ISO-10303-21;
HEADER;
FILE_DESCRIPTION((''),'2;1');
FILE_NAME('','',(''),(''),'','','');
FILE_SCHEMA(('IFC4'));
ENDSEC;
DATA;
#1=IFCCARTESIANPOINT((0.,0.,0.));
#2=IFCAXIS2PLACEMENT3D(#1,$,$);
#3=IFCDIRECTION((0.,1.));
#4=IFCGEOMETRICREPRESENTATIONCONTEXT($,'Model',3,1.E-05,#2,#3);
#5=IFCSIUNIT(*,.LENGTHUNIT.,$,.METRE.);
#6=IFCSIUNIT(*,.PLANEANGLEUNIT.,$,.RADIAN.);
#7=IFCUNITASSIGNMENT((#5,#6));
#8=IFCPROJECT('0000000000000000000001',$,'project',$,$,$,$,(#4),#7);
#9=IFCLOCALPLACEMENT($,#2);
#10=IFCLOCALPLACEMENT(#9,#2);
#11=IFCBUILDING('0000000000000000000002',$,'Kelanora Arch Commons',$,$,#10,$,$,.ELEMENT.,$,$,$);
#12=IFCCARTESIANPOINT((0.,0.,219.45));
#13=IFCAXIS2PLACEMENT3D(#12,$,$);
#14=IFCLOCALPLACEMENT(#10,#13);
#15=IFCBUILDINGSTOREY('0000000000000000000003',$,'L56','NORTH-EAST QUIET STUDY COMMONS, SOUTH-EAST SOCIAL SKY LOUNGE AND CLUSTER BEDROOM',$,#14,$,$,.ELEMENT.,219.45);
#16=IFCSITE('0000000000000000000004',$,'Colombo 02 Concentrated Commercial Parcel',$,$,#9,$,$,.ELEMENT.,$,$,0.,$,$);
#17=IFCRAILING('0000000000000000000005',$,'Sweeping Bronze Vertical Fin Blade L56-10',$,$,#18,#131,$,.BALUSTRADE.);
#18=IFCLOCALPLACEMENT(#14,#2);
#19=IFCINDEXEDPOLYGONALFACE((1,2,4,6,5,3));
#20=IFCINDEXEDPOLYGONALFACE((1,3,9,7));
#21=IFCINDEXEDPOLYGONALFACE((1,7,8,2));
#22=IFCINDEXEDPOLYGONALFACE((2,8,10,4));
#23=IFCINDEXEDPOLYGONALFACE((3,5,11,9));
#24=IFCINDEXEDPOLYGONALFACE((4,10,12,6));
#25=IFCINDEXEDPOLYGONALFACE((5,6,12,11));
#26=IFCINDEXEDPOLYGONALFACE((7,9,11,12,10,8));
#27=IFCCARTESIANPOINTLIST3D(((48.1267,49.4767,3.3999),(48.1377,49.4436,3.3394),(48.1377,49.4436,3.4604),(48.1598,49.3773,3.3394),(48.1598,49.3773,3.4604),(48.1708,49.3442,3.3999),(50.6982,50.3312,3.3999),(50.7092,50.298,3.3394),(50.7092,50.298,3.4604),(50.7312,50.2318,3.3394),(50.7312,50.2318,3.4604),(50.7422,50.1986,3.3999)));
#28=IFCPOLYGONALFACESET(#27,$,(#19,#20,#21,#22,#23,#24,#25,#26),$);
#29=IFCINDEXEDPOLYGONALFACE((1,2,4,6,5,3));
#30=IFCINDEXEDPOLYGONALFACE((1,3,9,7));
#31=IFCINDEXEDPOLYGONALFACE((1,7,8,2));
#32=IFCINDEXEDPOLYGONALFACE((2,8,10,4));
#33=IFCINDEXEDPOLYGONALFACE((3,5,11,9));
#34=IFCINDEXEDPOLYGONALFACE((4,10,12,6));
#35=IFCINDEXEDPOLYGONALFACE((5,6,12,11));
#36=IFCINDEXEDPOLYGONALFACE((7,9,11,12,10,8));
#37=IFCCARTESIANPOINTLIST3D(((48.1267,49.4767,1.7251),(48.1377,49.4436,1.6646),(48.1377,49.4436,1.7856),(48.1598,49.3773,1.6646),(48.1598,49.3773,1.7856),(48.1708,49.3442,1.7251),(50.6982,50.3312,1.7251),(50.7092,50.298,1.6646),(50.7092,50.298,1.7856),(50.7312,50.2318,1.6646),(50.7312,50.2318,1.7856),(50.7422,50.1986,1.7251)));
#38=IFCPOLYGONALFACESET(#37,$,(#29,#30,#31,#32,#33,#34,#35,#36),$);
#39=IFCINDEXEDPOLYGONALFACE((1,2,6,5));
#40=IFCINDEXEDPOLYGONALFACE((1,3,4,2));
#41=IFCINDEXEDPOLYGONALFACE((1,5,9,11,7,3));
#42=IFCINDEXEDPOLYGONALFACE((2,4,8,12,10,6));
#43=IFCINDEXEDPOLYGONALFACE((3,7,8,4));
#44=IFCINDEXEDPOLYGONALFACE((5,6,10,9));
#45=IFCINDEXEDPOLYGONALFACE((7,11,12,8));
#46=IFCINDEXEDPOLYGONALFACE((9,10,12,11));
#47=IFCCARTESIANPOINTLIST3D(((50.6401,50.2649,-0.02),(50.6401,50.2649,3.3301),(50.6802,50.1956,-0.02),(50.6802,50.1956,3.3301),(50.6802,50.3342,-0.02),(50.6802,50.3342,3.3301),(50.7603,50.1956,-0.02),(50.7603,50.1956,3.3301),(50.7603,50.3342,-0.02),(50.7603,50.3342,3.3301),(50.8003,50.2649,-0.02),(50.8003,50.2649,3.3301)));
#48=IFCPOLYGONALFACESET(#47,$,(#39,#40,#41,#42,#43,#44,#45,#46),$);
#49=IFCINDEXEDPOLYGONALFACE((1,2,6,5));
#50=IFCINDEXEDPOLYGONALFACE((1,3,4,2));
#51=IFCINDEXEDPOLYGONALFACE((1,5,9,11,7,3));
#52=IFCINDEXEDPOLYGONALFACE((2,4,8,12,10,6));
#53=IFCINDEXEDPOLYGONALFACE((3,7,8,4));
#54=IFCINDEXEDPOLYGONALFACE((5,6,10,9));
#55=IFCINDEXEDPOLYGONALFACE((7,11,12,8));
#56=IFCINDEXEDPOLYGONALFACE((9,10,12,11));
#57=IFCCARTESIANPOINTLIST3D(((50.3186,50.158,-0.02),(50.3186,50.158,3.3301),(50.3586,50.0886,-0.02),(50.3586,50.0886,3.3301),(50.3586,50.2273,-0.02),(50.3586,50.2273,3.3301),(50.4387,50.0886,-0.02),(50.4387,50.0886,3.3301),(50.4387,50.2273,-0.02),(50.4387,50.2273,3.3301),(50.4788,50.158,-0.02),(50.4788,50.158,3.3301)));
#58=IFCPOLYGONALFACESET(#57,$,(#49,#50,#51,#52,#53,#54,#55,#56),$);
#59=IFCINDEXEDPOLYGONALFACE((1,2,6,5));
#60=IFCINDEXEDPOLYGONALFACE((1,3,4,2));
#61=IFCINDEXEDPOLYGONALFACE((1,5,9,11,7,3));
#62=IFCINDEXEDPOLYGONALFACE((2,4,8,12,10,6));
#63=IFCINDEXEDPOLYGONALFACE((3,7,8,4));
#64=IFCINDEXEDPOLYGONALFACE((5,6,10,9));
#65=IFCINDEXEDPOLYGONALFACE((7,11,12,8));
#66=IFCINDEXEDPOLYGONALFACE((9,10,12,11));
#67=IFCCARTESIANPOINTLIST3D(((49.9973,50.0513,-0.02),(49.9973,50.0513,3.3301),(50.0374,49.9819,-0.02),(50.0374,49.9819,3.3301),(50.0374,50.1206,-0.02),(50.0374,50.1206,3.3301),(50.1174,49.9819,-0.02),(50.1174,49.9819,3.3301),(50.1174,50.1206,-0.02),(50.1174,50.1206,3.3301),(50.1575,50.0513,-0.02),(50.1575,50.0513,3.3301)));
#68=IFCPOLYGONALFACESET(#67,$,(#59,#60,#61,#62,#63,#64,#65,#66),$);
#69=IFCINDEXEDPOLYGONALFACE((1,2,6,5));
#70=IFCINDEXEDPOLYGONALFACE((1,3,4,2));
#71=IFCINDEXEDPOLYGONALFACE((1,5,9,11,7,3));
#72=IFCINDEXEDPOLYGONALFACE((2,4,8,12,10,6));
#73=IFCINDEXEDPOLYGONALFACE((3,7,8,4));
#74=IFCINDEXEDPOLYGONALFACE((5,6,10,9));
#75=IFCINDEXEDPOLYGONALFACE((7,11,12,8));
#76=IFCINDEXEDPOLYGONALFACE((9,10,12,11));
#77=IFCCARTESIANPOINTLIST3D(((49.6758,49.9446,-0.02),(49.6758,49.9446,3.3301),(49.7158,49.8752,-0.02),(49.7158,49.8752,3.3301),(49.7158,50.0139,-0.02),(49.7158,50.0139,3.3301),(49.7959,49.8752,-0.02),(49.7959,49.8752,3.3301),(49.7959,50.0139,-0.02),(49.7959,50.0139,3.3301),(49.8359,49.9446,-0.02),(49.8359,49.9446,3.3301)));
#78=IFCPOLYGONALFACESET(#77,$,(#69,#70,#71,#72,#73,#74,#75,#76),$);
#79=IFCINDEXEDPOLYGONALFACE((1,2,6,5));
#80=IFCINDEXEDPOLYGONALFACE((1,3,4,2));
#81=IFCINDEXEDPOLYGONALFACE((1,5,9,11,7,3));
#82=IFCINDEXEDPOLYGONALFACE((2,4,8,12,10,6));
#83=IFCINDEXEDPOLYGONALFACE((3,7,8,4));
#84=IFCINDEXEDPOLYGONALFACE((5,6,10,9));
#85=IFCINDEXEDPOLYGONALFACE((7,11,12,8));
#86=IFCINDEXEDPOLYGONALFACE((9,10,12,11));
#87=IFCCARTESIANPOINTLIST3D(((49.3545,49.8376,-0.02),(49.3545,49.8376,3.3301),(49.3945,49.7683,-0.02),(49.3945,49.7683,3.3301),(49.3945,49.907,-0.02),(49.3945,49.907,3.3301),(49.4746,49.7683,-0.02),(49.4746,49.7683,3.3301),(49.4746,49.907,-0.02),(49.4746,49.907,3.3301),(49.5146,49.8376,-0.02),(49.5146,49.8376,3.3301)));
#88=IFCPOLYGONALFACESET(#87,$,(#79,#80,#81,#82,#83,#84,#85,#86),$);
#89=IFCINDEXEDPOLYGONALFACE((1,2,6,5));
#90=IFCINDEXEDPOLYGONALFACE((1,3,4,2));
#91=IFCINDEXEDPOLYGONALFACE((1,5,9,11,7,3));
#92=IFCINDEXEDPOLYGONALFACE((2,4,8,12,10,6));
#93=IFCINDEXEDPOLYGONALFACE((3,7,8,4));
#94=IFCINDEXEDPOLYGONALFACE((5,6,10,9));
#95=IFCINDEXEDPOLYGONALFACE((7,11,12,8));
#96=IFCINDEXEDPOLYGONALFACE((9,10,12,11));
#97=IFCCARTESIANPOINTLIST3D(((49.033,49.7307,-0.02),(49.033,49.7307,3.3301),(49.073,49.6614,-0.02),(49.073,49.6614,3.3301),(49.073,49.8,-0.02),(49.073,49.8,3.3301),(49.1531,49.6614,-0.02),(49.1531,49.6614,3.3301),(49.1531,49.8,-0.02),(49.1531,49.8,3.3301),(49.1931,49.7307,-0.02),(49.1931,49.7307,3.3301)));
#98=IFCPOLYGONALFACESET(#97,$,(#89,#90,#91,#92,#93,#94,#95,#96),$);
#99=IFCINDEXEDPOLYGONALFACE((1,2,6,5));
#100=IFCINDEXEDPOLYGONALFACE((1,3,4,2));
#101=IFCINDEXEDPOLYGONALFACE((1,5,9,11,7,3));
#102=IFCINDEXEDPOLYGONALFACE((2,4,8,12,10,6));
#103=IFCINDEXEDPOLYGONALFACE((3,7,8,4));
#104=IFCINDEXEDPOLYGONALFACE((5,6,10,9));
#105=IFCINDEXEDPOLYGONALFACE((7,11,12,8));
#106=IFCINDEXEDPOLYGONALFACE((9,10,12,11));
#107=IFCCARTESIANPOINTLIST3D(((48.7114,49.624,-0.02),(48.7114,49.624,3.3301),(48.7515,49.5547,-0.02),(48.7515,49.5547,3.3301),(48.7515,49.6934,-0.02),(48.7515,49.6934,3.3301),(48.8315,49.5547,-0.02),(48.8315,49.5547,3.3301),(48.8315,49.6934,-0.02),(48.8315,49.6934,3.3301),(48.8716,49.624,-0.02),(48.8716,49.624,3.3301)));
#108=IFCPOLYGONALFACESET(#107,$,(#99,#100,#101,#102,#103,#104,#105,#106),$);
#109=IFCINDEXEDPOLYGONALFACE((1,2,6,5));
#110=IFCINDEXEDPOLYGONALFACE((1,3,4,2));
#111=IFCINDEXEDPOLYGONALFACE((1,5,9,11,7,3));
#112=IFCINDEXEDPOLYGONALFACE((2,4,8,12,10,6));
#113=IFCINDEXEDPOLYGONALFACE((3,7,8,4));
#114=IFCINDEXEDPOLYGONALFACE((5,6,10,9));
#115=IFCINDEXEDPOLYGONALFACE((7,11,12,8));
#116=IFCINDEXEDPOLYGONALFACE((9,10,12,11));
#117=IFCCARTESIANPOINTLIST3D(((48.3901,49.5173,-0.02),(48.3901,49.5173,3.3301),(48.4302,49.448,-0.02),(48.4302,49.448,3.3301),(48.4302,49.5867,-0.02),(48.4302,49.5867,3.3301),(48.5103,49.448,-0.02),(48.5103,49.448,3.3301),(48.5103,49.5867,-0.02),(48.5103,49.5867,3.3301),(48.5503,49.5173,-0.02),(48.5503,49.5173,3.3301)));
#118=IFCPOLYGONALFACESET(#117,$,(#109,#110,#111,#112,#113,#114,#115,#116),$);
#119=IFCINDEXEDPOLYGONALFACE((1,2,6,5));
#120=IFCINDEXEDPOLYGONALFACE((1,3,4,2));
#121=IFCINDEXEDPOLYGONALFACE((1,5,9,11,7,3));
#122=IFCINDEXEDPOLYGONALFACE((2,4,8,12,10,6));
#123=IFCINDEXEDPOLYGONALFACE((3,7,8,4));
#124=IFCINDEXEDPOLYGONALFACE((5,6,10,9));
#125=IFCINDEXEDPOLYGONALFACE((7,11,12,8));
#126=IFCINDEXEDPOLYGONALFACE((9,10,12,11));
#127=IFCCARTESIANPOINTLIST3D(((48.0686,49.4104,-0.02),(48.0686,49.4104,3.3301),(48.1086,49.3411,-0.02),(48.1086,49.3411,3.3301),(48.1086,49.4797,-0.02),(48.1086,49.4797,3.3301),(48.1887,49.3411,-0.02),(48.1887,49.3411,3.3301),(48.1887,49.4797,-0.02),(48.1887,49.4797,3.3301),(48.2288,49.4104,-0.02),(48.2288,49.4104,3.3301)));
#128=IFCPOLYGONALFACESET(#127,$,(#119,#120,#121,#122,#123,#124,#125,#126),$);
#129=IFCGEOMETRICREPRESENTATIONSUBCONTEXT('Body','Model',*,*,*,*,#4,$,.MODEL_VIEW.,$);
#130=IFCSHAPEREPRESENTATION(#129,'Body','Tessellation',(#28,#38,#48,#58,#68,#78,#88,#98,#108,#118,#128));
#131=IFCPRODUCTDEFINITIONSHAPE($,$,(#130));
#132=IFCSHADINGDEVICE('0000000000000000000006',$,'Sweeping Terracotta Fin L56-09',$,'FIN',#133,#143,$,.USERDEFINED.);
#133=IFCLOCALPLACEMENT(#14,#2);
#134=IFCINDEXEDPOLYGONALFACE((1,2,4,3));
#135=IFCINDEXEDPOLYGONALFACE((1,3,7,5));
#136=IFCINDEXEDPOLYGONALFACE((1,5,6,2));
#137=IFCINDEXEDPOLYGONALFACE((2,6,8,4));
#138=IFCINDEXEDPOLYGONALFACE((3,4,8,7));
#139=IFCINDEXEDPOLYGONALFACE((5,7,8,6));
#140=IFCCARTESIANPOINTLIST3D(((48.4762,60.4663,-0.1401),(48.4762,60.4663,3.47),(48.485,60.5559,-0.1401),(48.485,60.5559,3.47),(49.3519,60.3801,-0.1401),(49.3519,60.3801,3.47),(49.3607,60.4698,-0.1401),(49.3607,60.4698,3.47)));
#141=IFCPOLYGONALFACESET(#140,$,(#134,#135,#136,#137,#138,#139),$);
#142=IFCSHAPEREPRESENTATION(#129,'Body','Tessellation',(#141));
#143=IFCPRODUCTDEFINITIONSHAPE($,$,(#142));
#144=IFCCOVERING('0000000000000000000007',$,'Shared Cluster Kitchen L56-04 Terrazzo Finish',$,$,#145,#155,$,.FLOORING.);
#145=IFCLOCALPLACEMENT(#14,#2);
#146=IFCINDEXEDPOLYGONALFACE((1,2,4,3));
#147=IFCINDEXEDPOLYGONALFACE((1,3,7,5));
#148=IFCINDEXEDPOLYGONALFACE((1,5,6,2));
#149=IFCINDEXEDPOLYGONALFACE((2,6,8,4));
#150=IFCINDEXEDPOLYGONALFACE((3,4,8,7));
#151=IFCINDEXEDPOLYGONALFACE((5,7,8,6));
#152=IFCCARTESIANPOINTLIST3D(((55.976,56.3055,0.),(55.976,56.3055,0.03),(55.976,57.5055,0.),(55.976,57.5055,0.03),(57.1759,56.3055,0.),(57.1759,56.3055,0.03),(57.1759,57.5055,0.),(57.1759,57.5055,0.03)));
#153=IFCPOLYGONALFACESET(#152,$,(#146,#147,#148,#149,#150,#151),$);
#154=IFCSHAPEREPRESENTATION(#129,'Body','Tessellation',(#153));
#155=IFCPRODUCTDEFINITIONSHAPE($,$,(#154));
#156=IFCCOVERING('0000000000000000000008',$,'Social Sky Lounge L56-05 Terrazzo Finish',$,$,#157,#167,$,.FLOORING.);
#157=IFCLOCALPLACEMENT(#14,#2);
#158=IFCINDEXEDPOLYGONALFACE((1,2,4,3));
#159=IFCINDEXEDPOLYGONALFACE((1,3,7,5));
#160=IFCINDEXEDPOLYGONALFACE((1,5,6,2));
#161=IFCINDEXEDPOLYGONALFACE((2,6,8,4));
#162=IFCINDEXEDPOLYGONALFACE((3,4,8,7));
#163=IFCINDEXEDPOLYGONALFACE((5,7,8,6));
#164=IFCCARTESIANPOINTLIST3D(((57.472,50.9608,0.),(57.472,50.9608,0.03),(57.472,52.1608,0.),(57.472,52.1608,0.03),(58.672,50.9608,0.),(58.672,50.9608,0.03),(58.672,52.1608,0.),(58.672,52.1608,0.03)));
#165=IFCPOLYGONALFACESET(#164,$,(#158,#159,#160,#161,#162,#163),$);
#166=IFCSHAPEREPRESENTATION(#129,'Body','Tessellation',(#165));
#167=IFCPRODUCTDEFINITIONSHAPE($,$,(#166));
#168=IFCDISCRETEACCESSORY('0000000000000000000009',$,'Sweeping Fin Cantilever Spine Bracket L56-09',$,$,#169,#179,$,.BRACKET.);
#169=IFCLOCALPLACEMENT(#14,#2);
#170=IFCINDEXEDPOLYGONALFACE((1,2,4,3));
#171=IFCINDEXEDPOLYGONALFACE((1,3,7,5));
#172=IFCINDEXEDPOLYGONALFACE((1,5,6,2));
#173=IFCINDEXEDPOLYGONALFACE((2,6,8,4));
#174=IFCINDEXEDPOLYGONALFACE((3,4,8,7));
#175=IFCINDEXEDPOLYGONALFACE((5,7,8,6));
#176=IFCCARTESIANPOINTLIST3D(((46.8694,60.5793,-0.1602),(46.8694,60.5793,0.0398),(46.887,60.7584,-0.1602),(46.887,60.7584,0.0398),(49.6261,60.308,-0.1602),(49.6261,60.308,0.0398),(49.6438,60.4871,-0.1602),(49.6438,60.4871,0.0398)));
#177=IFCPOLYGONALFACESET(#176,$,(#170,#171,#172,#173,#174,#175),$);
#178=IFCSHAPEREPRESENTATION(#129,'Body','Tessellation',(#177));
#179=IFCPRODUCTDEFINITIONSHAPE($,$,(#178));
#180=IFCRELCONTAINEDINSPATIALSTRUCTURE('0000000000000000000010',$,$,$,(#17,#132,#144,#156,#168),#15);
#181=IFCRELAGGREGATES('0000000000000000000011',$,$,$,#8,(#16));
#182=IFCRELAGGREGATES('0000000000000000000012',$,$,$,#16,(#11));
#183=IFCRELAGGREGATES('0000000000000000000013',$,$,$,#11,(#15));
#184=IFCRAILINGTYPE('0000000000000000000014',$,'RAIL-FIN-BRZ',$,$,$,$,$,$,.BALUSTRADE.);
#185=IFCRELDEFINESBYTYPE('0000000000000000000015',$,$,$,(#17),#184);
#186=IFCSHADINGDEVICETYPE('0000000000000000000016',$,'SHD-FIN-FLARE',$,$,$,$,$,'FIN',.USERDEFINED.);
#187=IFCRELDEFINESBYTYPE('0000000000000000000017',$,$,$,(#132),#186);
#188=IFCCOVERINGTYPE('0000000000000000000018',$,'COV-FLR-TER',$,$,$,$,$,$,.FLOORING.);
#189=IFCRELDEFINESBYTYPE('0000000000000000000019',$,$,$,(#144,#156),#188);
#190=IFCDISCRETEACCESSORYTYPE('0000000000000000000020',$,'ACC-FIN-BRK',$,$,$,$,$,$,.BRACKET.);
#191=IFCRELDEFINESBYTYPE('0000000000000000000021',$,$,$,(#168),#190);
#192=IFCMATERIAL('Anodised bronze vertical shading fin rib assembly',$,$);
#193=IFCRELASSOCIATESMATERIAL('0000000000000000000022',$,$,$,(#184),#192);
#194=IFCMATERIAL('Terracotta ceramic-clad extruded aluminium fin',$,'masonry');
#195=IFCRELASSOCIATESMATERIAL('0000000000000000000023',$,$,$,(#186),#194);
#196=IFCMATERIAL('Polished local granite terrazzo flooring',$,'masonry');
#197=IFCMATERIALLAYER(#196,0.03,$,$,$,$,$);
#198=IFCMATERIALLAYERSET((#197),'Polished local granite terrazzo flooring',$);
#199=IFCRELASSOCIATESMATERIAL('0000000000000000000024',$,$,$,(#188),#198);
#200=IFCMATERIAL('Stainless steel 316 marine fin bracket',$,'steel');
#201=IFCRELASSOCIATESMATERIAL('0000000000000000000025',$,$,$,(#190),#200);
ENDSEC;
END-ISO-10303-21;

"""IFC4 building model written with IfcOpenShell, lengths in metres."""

from ifc_helpers import new_model, si_unit, direction, frame, origin, origin_2d, place, context, subcontext, project, spatial, polyline, rectangle, outline, extrude, source, transform, mapped, material, layer, layer_set, type_object, element, save


model = new_model("IFC4")

# Units and contexts
model_context = context("Model", 3, precision=1e-05, world=origin(), true_north=direction((0.0, 1.0)))
body_context = subcontext(model_context, "Body", "Model", "MODEL_VIEW")
ifc_project = project(units=[si_unit("LENGTHUNIT", "METRE"), si_unit("PLANEANGLEUNIT", "RADIAN")], contexts=[model_context])

# Site, building, storey
site_placement = place(None, origin())
site = spatial("IfcSite", under=ifc_project, at=site_placement, Name="Colombo 02 Concentrated Commercial Parcel", CompositionType="ELEMENT", RefElevation=0.0)
building_placement = place(site_placement, origin())
building = spatial("IfcBuilding", under=site, at=building_placement, Name="Kelanora Arch Commons", CompositionType="ELEMENT")
storey_placement = place(building_placement, frame((0.0, 0.0, 219.45)))
storey = spatial("IfcBuildingStorey", under=building, at=storey_placement, Name="L56", Description="NORTH-EAST QUIET STUDY COMMONS, SOUTH-EAST SOCIAL SKY LOUNGE AND CLUSTER BEDROOM", CompositionType="ELEMENT", Elevation=219.45)

# Railing
ifc_material_1 = material(Name="Anodised bronze vertical shading fin rib assembly")
railing_type = type_object("IfcRailingType", Name="RAIL-FIN-BRZ", PredefinedType="BALUSTRADE", material=ifc_material_1)
railing_1_placement = place(storey_placement, frame((50.7202, 50.2649, -0.02)))
element("IfcRailing", 1, at=railing_1_placement, inside=storey, type_object=railing_type, Name="Sweeping Bronze Vertical Fin Blade L56-10", PredefinedType="BALUSTRADE", context=body_context, shape_type="SweptSolid", body=[
    extrude(outline(polyline([(0.0698, 0.0), (0.0349, 0.0605), (-0.0349, 0.0605), (-0.0698, 0.0), (-0.0349, -0.0605), (0.0349, -0.0605), (0.0698, 0.0)])), frame((0.0, 0.0, 3.4199), z_axis=(-0.94898, -0.315336, 0.0), x_axis=(0.315336, -0.94898, 0.0)), (0.0, 0.0, 1.0), 2.7097),
    extrude(outline(polyline([(0.0698, 0.0), (0.0349, 0.0605), (-0.0349, 0.0605), (-0.0698, 0.0), (-0.0349, -0.0605), (0.0349, -0.0605), (0.0698, 0.0)])), frame((0.0, 0.0, 1.7451), z_axis=(-0.94898, -0.315336, 0.0), x_axis=(0.315336, -0.94898, 0.0)), (0.0, 0.0, 1.0), 2.7097),
    extrude(outline(polyline([(0.0801, 0.0), (0.04, 0.0693), (-0.04, 0.0693), (-0.0801, 0.0), (-0.04, -0.0693), (0.04, -0.0693), (0.0801, 0.0)])), origin(), (0.0, 0.0, 1.0), 3.3501),
    extrude(outline(polyline([(0.0801, 0.0), (0.04, 0.0693), (-0.04, 0.0693), (-0.0801, 0.0), (-0.04, -0.0693), (0.04, -0.0693), (0.0801, 0.0)])), frame((-0.3215, -0.1069, 0.0)), (0.0, 0.0, 1.0), 3.3501),
    extrude(outline(polyline([(0.0801, 0.0), (0.04, 0.0693), (-0.04, 0.0693), (-0.0801, 0.0), (-0.04, -0.0693), (0.04, -0.0693), (0.0801, 0.0)])), frame((-0.6428, -0.2136, 0.0)), (0.0, 0.0, 1.0), 3.3501),
    extrude(outline(polyline([(0.0801, 0.0), (0.04, 0.0693), (-0.04, 0.0693), (-0.0801, 0.0), (-0.04, -0.0693), (0.04, -0.0693), (0.0801, 0.0)])), frame((-0.9644, -0.3203, 0.0)), (0.0, 0.0, 1.0), 3.3501),
    extrude(outline(polyline([(0.0801, 0.0), (0.04, 0.0693), (-0.04, 0.0693), (-0.0801, 0.0), (-0.04, -0.0693), (0.04, -0.0693), (0.0801, 0.0)])), frame((-1.2856, -0.4272, 0.0)), (0.0, 0.0, 1.0), 3.3501),
    extrude(outline(polyline([(0.0801, 0.0), (0.04, 0.0693), (-0.04, 0.0693), (-0.0801, 0.0), (-0.04, -0.0693), (0.04, -0.0693), (0.0801, 0.0)])), frame((-1.6072, -0.5342, 0.0)), (0.0, 0.0, 1.0), 3.3501),
    extrude(outline(polyline([(0.0801, 0.0), (0.04, 0.0693), (-0.04, 0.0693), (-0.0801, 0.0), (-0.04, -0.0693), (0.04, -0.0693), (0.0801, 0.0)])), frame((-1.9287, -0.6409, 0.0)), (0.0, 0.0, 1.0), 3.3501),
    extrude(outline(polyline([(0.0801, 0.0), (0.04, 0.0693), (-0.04, 0.0693), (-0.0801, 0.0), (-0.04, -0.0693), (0.04, -0.0693), (0.0801, 0.0)])), frame((-2.25, -0.7476, 0.0)), (0.0, 0.0, 1.0), 3.3501),
    extrude(outline(polyline([(0.0801, 0.0), (0.04, 0.0693), (-0.04, 0.0693), (-0.0801, 0.0), (-0.04, -0.0693), (0.04, -0.0693), (0.0801, 0.0)])), frame((-2.5715, -0.8545, 0.0)), (0.0, 0.0, 1.0), 3.3501),
])

# Shading device
ifc_material_2 = material(Name="Terracotta ceramic-clad extruded aluminium fin", Category="masonry")
shading_device_type = type_object("IfcShadingDeviceType", Name="SHD-FIN-FLARE", ElementType="FIN", PredefinedType="USERDEFINED", material=ifc_material_2)
shared_shape_1 = source(origin(), body_context, "Body", "SweptSolid", [
    extrude(rectangle(XDim=0.8799, YDim=0.0901, at=origin_2d()), origin(), (0.0, 0.0, 1.0), 3.6101),
])
shading_device_placement = place(storey_placement, frame((48.9185, 60.468, -0.1401), z_axis=(0.0, 0.0, 1.0), x_axis=(-0.995193, 0.09793, 0.0)))
element("IfcShadingDevice", 2, at=shading_device_placement, inside=storey, type_object=shading_device_type, Name="Sweeping Terracotta Fin L56-09", ObjectType="FIN", PredefinedType="USERDEFINED", context=body_context, shape_type="MappedRepresentation", body=[
    mapped(shared_shape_1, transform((0.0, 0.0, 0.0), scale=1.0)),
])

# Coverings
ifc_material_3 = material(Name="Polished local granite terrazzo flooring", Category="masonry")
ifc_layer_1 = layer(ifc_material_3, 0.03)
ifc_layer_set_1 = layer_set([ifc_layer_1], Name="Polished local granite terrazzo flooring")
covering_type = type_object("IfcCoveringType", Name="COV-FLR-TER", PredefinedType="FLOORING", material=ifc_layer_set_1)
shared_shape_2 = source(origin(), body_context, "Body", "SweptSolid", [
    extrude(rectangle(XDim=1.2, YDim=1.2, at=origin_2d()), origin(), (0.0, 0.0, 1.0), 0.03),
])
for number, where, z_axis, x_axis, name in (
    (3, (56.5759, 56.9055, 0.0), (0.0, 0.0, 1.0), (1.0, 0.0, 0.0), "Shared Cluster Kitchen L56-04 Terrazzo Finish"),
    (4, (58.072, 51.5608, 0.0), (0.0, 0.0, 1.0), (1.0, 0.0, 0.0), "Social Sky Lounge L56-05 Terrazzo Finish"),
):
    element("IfcCovering", number, at=place(storey_placement, frame(where, z_axis=z_axis, x_axis=x_axis)), inside=storey, type_object=covering_type, Name=name, PredefinedType="FLOORING", context=body_context, shape_type="MappedRepresentation", body=[
        mapped(shared_shape_2, transform((0.0, 0.0, 0.0), scale=1.0)),
    ])

# Discrete accessory
ifc_material_4 = material(Name="Stainless steel 316 marine fin bracket", Category="steel")
discrete_accessory_type = type_object("IfcDiscreteAccessoryType", Name="ACC-FIN-BRK", PredefinedType="BRACKET", material=ifc_material_4)
shared_shape_3 = source(origin(), body_context, "Body", "SweptSolid", [
    extrude(rectangle(XDim=2.77, YDim=0.1799, at=origin_2d()), origin(), (0.0, 0.0, 1.0), 0.2),
])
discrete_accessory_placement = place(storey_placement, frame((48.2566, 60.5332, -0.1602), z_axis=(0.0, 0.0, 1.0), x_axis=(-0.995193, 0.09793, 0.0)))
element("IfcDiscreteAccessory", 5, at=discrete_accessory_placement, inside=storey, type_object=discrete_accessory_type, Name="Sweeping Fin Cantilever Spine Bracket L56-09", PredefinedType="BRACKET", context=body_context, shape_type="MappedRepresentation", body=[
    mapped(shared_shape_3, transform((0.0, 0.0, 0.0), scale=1.0)),
])

save(model, "model.ifc")
